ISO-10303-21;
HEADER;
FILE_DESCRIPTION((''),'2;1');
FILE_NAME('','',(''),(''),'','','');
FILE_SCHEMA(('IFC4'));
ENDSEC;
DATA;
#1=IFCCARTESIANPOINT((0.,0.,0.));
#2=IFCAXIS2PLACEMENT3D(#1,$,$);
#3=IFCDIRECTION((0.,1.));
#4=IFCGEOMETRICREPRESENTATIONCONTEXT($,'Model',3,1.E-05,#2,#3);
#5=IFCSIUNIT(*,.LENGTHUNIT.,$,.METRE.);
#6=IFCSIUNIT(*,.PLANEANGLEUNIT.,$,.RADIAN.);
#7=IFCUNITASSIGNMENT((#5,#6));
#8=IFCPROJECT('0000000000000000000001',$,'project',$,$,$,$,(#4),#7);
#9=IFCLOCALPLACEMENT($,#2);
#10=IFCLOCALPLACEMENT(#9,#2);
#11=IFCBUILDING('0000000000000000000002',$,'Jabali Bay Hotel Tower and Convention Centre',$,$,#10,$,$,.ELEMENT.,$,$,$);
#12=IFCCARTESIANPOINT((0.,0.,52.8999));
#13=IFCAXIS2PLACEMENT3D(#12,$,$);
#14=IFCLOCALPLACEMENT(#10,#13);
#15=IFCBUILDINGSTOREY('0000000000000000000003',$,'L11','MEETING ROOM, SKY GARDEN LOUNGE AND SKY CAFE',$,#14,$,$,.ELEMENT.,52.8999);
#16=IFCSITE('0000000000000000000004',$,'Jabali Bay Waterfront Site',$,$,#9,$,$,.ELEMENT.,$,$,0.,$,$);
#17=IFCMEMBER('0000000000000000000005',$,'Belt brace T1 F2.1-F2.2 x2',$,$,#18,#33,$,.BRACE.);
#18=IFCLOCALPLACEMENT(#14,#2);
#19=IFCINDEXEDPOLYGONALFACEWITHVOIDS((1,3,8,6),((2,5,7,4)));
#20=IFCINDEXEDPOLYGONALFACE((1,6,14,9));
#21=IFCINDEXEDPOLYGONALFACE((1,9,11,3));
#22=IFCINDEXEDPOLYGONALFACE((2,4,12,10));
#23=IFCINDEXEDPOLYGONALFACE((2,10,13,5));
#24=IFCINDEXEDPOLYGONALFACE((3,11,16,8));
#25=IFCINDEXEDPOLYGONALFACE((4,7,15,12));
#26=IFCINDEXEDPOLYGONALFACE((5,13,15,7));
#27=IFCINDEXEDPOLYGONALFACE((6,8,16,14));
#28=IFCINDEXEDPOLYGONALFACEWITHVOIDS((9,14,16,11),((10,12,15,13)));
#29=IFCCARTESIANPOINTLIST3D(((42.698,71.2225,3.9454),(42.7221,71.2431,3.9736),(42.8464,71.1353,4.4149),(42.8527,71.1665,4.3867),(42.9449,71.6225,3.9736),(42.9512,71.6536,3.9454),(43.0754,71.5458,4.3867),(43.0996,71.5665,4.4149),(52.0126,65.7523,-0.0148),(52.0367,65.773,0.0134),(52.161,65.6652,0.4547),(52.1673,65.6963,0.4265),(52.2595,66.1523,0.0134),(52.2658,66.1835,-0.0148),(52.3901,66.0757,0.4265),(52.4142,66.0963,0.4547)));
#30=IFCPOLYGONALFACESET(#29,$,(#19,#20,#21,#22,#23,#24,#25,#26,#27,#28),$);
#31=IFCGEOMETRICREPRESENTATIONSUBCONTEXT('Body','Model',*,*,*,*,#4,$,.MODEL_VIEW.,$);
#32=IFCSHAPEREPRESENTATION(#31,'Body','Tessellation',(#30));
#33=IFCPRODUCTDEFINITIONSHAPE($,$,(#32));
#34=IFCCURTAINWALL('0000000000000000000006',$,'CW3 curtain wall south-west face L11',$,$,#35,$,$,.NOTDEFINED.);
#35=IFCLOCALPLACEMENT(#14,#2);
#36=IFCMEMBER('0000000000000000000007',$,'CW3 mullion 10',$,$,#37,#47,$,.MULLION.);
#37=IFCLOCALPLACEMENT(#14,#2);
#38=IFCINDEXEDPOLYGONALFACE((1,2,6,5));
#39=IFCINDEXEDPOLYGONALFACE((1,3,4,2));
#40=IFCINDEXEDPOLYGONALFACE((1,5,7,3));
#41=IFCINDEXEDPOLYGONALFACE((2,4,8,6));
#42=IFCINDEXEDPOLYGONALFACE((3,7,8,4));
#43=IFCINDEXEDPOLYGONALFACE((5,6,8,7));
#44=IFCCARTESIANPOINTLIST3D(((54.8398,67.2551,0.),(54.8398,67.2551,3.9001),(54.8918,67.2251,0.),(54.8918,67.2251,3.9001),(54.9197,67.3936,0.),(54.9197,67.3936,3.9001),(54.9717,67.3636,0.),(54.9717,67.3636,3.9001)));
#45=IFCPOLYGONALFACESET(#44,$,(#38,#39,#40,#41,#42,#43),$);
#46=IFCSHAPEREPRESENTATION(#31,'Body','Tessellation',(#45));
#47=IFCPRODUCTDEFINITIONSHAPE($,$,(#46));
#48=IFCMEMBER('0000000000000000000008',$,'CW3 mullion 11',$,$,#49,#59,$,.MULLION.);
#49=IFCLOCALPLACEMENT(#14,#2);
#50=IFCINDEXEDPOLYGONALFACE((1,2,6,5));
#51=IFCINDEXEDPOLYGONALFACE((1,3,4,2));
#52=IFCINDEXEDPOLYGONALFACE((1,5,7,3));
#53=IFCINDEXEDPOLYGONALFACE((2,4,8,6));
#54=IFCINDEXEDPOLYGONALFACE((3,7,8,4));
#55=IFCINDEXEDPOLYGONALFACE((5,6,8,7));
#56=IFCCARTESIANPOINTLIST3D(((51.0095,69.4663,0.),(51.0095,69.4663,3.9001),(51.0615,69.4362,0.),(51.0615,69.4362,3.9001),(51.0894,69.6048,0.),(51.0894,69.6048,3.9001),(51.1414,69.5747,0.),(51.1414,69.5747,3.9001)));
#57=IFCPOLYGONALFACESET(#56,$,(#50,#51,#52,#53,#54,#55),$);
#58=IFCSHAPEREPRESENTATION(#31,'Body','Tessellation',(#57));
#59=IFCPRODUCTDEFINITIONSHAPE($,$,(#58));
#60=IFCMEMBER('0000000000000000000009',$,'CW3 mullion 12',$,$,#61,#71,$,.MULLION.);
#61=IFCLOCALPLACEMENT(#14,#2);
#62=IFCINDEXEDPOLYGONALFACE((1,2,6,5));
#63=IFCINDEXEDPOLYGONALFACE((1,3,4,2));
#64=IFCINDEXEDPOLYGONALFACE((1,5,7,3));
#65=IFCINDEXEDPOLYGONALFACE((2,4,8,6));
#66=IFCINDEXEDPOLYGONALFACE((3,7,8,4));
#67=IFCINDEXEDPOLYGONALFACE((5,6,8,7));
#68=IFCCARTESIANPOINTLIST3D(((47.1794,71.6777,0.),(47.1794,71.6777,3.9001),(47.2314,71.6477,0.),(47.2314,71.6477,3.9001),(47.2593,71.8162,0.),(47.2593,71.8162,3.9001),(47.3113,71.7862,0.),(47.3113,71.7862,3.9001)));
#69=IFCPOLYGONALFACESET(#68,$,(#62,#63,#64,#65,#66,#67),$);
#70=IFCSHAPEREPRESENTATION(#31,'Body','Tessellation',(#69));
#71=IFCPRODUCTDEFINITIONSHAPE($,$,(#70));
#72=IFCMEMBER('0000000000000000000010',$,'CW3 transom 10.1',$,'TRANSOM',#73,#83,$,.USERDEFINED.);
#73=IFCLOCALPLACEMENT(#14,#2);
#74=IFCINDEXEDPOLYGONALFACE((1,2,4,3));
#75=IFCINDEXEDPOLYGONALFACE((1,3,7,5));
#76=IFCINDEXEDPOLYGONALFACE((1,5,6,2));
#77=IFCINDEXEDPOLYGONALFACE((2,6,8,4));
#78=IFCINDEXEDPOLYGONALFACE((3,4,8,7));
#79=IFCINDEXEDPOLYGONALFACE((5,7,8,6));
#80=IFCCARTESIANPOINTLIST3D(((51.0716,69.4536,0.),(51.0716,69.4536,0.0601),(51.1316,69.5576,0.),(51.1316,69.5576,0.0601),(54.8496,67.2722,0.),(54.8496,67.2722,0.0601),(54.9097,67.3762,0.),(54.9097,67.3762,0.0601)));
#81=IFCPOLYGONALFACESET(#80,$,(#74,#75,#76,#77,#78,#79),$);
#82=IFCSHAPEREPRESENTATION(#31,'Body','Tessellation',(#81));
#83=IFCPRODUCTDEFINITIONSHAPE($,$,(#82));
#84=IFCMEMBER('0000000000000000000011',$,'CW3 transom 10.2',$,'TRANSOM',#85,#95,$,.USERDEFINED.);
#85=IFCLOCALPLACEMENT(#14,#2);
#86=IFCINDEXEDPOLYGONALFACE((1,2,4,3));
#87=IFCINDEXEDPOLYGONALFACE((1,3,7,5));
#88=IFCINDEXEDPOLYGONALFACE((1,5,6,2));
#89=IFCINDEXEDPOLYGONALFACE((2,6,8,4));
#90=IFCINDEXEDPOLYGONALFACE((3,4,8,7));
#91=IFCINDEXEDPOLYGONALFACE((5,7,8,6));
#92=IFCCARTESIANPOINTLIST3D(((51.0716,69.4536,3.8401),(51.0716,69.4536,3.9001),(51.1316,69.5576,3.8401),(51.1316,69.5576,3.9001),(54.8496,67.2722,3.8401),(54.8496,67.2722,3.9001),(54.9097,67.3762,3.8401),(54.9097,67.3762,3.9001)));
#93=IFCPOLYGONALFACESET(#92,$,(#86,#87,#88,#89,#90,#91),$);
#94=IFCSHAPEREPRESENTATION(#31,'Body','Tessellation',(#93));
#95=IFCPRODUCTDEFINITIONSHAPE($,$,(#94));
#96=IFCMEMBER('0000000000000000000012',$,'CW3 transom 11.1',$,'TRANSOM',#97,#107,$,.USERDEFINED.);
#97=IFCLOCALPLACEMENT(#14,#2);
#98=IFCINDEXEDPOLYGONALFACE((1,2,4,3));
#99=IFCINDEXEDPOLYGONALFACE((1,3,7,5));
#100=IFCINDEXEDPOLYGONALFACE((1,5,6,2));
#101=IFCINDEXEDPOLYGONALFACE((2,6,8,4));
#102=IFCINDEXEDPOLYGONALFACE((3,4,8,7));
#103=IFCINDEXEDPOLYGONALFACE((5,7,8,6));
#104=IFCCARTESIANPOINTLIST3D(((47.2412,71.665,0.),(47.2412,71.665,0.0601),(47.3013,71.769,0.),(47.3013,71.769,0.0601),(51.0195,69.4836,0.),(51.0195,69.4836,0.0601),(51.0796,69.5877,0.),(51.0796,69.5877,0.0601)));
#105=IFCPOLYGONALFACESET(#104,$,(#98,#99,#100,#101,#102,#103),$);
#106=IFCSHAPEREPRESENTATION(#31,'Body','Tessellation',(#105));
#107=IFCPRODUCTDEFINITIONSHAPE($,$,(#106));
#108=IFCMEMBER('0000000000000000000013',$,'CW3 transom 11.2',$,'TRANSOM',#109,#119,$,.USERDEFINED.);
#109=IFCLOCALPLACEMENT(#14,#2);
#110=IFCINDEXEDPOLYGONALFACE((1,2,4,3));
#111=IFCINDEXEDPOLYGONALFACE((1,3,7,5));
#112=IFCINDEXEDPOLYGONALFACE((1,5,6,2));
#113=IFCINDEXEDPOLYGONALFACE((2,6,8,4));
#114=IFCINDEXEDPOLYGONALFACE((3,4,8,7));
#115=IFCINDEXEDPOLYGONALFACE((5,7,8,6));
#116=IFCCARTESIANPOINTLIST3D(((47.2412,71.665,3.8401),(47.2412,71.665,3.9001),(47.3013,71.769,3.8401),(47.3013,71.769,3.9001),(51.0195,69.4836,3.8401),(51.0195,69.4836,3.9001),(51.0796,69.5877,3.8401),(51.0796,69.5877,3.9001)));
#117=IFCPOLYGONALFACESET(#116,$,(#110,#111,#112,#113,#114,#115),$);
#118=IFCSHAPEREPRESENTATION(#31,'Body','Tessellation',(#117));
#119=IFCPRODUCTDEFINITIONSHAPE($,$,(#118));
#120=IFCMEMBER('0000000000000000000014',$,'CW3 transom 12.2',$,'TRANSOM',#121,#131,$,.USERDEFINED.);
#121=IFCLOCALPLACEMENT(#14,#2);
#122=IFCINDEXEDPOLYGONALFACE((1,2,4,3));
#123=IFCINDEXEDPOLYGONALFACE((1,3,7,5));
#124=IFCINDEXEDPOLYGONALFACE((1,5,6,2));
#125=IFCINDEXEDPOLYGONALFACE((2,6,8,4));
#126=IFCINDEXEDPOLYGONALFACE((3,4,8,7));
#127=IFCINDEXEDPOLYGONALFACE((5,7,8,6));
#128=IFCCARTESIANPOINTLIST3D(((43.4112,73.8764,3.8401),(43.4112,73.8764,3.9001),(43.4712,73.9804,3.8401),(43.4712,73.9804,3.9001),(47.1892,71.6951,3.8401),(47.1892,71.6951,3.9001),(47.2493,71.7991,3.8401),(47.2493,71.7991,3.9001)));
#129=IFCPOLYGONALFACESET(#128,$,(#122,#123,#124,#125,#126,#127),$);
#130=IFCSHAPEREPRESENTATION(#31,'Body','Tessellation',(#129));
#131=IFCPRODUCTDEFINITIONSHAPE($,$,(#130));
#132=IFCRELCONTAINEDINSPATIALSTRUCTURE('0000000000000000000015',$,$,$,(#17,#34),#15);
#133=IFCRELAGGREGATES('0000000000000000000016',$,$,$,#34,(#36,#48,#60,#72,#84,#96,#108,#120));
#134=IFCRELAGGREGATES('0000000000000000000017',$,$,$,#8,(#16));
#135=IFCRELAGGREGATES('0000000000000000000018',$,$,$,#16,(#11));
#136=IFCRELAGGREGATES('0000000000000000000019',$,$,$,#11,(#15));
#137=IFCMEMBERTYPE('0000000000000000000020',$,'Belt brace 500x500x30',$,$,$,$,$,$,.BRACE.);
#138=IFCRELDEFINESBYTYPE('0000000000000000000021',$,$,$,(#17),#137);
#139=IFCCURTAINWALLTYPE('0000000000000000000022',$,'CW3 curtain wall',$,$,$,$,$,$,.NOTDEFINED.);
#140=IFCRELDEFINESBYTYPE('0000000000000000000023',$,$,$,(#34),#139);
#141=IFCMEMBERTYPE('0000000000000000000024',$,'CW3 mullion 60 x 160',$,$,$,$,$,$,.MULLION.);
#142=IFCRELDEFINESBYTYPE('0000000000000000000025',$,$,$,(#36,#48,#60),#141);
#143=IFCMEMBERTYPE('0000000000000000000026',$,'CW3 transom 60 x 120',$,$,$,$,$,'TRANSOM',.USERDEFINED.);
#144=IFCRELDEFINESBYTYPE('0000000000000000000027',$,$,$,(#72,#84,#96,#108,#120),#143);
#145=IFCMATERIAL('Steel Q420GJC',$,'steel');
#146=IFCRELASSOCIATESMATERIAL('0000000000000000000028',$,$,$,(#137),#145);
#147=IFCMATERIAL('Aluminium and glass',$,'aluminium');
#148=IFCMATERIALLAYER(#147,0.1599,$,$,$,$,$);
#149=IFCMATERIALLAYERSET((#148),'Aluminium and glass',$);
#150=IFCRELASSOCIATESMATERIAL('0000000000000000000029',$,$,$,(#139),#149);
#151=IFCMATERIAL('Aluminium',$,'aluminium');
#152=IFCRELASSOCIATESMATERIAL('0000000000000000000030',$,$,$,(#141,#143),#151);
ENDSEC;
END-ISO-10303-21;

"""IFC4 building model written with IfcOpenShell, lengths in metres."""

from ifc_helpers import new_model, si_unit, direction, frame, origin, origin_2d, place, context, subcontext, project, spatial, rectangle, hollow_rectangle, extrude, material, layer, layer_set, material_profile, profile_set, type_object, element, aggregate, save


model = new_model("IFC4")

# Units and contexts
model_context = context("Model", 3, precision=1e-05, world=origin(), true_north=direction((0.0, 1.0)))
body_context = subcontext(model_context, "Body", "Model", "MODEL_VIEW")
ifc_project = project(units=[si_unit("LENGTHUNIT", "METRE"), si_unit("PLANEANGLEUNIT", "RADIAN")], contexts=[model_context])

# Site, building, storey
site_placement = place(None, origin())
site = spatial("IfcSite", under=ifc_project, at=site_placement, Name="Jabali Bay Waterfront Site", CompositionType="ELEMENT", RefElevation=0.0)
building_placement = place(site_placement, origin())
building = spatial("IfcBuilding", under=site, at=building_placement, Name="Jabali Bay Hotel Tower and Convention Centre", CompositionType="ELEMENT")
storey_placement = place(building_placement, frame((0.0, 0.0, 52.8999)))
storey = spatial("IfcBuildingStorey", under=building, at=storey_placement, Name="L11", Description="MEETING ROOM, SKY GARDEN LOUNGE AND SKY CAFE", CompositionType="ELEMENT", Elevation=52.8999)

# Member
ifc_material_1 = material(Name="Steel Q420GJC", Category="steel")
ifc_material_profile_1 = material_profile(ifc_material_1, hollow_rectangle(XDim=0.5, YDim=0.5, WallThickness=0.03, at=origin_2d()), Name="Belt brace 500x500x30")
ifc_profile_set_1 = profile_set([ifc_material_profile_1], Name="Steel Q420GJC")
member_type_1 = type_object("IfcMemberType", Name="Belt brace 500x500x30", PredefinedType="BRACE", material=ifc_profile_set_1)
member_1_placement = place(storey_placement, frame((52.2134, 65.9243, 0.22), z_axis=(-0.809606, 0.475455, 0.344209), x_axis=(-0.5064, -0.862299, 0.0)))
element("IfcMember", 1, at=member_1_placement, inside=storey, type_object=member_type_1, Name="Belt brace T1 F2.1-F2.2 x2", PredefinedType="BRACE", context=body_context, shape_type="SweptSolid", body=[
    extrude(hollow_rectangle(XDim=0.5, YDim=0.5, WallThickness=0.03, at=origin_2d()), origin(), (0.0, 0.0, 1.0), 11.5051),
])

# Curtain wall, members
ifc_material_2 = material(Name="Aluminium and glass", Category="aluminium")
ifc_layer_1 = layer(ifc_material_2, 0.1599)
ifc_layer_set_1 = layer_set([ifc_layer_1], Name="Aluminium and glass")
curtain_wall_type = type_object("IfcCurtainWallType", Name="CW3 curtain wall", PredefinedType="NOTDEFINED", material=ifc_layer_set_1)
curtain_wall_placement = place(storey_placement, origin())
curtain_wall = element("IfcCurtainWall", 2, at=curtain_wall_placement, inside=storey, type_object=curtain_wall_type, Name="CW3 curtain wall south-west face L11", PredefinedType="NOTDEFINED")
ifc_material_3 = material(Name="Aluminium", Category="aluminium")
ifc_material_profile_2 = material_profile(ifc_material_3, rectangle(XDim=0.1599, YDim=0.0601, at=origin_2d()), Name="CW3 mullion 60 x 160")
ifc_profile_set_2 = profile_set([ifc_material_profile_2], Name="Aluminium")
member_type_2 = type_object("IfcMemberType", Name="CW3 mullion 60 x 160", PredefinedType="MULLION", material=ifc_profile_set_2)
member_2_placement = place(storey_placement, frame((54.9058, 67.3093, 0.0), z_axis=(0.0, 0.0, 1.0), x_axis=(-0.5, -0.866025, 0.0)))
member_2 = element("IfcMember", 3, at=member_2_placement, type_object=member_type_2, Name="CW3 mullion 10", PredefinedType="MULLION", context=body_context, shape_type="SweptSolid", body=[
    extrude(rectangle(XDim=0.1599, YDim=0.0601, at=origin_2d()), origin(), (0.0, 0.0, 1.0), 3.9001),
])
member_3_placement = place(storey_placement, frame((51.0754, 69.5205, 0.0), z_axis=(0.0, 0.0, 1.0), x_axis=(-0.5, -0.866025, 0.0)))
member_3 = element("IfcMember", 4, at=member_3_placement, type_object=member_type_2, Name="CW3 mullion 11", PredefinedType="MULLION", context=body_context, shape_type="SweptSolid", body=[
    extrude(rectangle(XDim=0.1599, YDim=0.0601, at=origin_2d()), origin(), (0.0, 0.0, 1.0), 3.9001),
])
member_4_placement = place(storey_placement, frame((47.2454, 71.7319, 0.0), z_axis=(0.0, 0.0, 1.0), x_axis=(-0.5, -0.866025, 0.0)))
member_4 = element("IfcMember", 5, at=member_4_placement, type_object=member_type_2, Name="CW3 mullion 12", PredefinedType="MULLION", context=body_context, shape_type="SweptSolid", body=[
    extrude(rectangle(XDim=0.1599, YDim=0.0601, at=origin_2d()), origin(), (0.0, 0.0, 1.0), 3.9001),
])
ifc_material_profile_3 = material_profile(ifc_material_3, rectangle(XDim=0.1201, YDim=0.0601, at=origin_2d()), Name="CW3 transom 60 x 120")
ifc_profile_set_3 = profile_set([ifc_material_profile_3], Name="Aluminium")
member_type_3 = type_object("IfcMemberType", Name="CW3 transom 60 x 120", ElementType="TRANSOM", PredefinedType="USERDEFINED", material=ifc_profile_set_3)
member_5_placement = place(storey_placement, frame((54.8796, 67.3242, 0.03), z_axis=(-0.866013, 0.500021, 0.0), x_axis=(-0.500021, -0.866013, 0.0)))
member_5 = element("IfcMember", 6, at=member_5_placement, type_object=member_type_3, Name="CW3 transom 10.1", ObjectType="TRANSOM", PredefinedType="USERDEFINED", context=body_context, shape_type="SweptSolid", body=[
    extrude(rectangle(XDim=0.1201, YDim=0.0601, at=origin_2d()), origin(), (0.0, 0.0, 1.0), 4.3625),
])
member_6_placement = place(storey_placement, frame((54.8796, 67.3242, 3.8701), z_axis=(-0.866013, 0.500021, 0.0), x_axis=(-0.500021, -0.866013, 0.0)))
member_6 = element("IfcMember", 7, at=member_6_placement, type_object=member_type_3, Name="CW3 transom 10.2", ObjectType="TRANSOM", PredefinedType="USERDEFINED", context=body_context, shape_type="SweptSolid", body=[
    extrude(rectangle(XDim=0.1201, YDim=0.0601, at=origin_2d()), origin(), (0.0, 0.0, 1.0), 4.3625),
])
member_7_placement = place(storey_placement, frame((51.0496, 69.5356, 0.03), z_axis=(-0.866027, 0.499997, 0.0), x_axis=(-0.499997, -0.866027, 0.0)))
member_7 = element("IfcMember", 8, at=member_7_placement, type_object=member_type_3, Name="CW3 transom 11.1", ObjectType="TRANSOM", PredefinedType="USERDEFINED", context=body_context, shape_type="SweptSolid", body=[
    extrude(rectangle(XDim=0.1201, YDim=0.0601, at=origin_2d()), origin(), (0.0, 0.0, 1.0), 4.3628),
])
member_8_placement = place(storey_placement, frame((51.0496, 69.5356, 3.8701), z_axis=(-0.866027, 0.499997, 0.0), x_axis=(-0.499997, -0.866027, 0.0)))
member_8 = element("IfcMember", 9, at=member_8_placement, type_object=member_type_3, Name="CW3 transom 11.2", ObjectType="TRANSOM", PredefinedType="USERDEFINED", context=body_context, shape_type="SweptSolid", body=[
    extrude(rectangle(XDim=0.1201, YDim=0.0601, at=origin_2d()), origin(), (0.0, 0.0, 1.0), 4.3628),
])
member_9_placement = place(storey_placement, frame((47.2192, 71.7471, 3.8701), z_axis=(-0.866013, 0.500021, 0.0), x_axis=(-0.500021, -0.866013, 0.0)))
member_9 = element("IfcMember", 10, at=member_9_placement, type_object=member_type_3, Name="CW3 transom 12.2", ObjectType="TRANSOM", PredefinedType="USERDEFINED", context=body_context, shape_type="SweptSolid", body=[
    extrude(rectangle(XDim=0.1201, YDim=0.0601, at=origin_2d()), origin(), (0.0, 0.0, 1.0), 4.3625),
])

aggregate(curtain_wall, [member_2, member_3, member_4, member_5, member_6, member_7, member_8, member_9])

save(model, "model.ifc")
